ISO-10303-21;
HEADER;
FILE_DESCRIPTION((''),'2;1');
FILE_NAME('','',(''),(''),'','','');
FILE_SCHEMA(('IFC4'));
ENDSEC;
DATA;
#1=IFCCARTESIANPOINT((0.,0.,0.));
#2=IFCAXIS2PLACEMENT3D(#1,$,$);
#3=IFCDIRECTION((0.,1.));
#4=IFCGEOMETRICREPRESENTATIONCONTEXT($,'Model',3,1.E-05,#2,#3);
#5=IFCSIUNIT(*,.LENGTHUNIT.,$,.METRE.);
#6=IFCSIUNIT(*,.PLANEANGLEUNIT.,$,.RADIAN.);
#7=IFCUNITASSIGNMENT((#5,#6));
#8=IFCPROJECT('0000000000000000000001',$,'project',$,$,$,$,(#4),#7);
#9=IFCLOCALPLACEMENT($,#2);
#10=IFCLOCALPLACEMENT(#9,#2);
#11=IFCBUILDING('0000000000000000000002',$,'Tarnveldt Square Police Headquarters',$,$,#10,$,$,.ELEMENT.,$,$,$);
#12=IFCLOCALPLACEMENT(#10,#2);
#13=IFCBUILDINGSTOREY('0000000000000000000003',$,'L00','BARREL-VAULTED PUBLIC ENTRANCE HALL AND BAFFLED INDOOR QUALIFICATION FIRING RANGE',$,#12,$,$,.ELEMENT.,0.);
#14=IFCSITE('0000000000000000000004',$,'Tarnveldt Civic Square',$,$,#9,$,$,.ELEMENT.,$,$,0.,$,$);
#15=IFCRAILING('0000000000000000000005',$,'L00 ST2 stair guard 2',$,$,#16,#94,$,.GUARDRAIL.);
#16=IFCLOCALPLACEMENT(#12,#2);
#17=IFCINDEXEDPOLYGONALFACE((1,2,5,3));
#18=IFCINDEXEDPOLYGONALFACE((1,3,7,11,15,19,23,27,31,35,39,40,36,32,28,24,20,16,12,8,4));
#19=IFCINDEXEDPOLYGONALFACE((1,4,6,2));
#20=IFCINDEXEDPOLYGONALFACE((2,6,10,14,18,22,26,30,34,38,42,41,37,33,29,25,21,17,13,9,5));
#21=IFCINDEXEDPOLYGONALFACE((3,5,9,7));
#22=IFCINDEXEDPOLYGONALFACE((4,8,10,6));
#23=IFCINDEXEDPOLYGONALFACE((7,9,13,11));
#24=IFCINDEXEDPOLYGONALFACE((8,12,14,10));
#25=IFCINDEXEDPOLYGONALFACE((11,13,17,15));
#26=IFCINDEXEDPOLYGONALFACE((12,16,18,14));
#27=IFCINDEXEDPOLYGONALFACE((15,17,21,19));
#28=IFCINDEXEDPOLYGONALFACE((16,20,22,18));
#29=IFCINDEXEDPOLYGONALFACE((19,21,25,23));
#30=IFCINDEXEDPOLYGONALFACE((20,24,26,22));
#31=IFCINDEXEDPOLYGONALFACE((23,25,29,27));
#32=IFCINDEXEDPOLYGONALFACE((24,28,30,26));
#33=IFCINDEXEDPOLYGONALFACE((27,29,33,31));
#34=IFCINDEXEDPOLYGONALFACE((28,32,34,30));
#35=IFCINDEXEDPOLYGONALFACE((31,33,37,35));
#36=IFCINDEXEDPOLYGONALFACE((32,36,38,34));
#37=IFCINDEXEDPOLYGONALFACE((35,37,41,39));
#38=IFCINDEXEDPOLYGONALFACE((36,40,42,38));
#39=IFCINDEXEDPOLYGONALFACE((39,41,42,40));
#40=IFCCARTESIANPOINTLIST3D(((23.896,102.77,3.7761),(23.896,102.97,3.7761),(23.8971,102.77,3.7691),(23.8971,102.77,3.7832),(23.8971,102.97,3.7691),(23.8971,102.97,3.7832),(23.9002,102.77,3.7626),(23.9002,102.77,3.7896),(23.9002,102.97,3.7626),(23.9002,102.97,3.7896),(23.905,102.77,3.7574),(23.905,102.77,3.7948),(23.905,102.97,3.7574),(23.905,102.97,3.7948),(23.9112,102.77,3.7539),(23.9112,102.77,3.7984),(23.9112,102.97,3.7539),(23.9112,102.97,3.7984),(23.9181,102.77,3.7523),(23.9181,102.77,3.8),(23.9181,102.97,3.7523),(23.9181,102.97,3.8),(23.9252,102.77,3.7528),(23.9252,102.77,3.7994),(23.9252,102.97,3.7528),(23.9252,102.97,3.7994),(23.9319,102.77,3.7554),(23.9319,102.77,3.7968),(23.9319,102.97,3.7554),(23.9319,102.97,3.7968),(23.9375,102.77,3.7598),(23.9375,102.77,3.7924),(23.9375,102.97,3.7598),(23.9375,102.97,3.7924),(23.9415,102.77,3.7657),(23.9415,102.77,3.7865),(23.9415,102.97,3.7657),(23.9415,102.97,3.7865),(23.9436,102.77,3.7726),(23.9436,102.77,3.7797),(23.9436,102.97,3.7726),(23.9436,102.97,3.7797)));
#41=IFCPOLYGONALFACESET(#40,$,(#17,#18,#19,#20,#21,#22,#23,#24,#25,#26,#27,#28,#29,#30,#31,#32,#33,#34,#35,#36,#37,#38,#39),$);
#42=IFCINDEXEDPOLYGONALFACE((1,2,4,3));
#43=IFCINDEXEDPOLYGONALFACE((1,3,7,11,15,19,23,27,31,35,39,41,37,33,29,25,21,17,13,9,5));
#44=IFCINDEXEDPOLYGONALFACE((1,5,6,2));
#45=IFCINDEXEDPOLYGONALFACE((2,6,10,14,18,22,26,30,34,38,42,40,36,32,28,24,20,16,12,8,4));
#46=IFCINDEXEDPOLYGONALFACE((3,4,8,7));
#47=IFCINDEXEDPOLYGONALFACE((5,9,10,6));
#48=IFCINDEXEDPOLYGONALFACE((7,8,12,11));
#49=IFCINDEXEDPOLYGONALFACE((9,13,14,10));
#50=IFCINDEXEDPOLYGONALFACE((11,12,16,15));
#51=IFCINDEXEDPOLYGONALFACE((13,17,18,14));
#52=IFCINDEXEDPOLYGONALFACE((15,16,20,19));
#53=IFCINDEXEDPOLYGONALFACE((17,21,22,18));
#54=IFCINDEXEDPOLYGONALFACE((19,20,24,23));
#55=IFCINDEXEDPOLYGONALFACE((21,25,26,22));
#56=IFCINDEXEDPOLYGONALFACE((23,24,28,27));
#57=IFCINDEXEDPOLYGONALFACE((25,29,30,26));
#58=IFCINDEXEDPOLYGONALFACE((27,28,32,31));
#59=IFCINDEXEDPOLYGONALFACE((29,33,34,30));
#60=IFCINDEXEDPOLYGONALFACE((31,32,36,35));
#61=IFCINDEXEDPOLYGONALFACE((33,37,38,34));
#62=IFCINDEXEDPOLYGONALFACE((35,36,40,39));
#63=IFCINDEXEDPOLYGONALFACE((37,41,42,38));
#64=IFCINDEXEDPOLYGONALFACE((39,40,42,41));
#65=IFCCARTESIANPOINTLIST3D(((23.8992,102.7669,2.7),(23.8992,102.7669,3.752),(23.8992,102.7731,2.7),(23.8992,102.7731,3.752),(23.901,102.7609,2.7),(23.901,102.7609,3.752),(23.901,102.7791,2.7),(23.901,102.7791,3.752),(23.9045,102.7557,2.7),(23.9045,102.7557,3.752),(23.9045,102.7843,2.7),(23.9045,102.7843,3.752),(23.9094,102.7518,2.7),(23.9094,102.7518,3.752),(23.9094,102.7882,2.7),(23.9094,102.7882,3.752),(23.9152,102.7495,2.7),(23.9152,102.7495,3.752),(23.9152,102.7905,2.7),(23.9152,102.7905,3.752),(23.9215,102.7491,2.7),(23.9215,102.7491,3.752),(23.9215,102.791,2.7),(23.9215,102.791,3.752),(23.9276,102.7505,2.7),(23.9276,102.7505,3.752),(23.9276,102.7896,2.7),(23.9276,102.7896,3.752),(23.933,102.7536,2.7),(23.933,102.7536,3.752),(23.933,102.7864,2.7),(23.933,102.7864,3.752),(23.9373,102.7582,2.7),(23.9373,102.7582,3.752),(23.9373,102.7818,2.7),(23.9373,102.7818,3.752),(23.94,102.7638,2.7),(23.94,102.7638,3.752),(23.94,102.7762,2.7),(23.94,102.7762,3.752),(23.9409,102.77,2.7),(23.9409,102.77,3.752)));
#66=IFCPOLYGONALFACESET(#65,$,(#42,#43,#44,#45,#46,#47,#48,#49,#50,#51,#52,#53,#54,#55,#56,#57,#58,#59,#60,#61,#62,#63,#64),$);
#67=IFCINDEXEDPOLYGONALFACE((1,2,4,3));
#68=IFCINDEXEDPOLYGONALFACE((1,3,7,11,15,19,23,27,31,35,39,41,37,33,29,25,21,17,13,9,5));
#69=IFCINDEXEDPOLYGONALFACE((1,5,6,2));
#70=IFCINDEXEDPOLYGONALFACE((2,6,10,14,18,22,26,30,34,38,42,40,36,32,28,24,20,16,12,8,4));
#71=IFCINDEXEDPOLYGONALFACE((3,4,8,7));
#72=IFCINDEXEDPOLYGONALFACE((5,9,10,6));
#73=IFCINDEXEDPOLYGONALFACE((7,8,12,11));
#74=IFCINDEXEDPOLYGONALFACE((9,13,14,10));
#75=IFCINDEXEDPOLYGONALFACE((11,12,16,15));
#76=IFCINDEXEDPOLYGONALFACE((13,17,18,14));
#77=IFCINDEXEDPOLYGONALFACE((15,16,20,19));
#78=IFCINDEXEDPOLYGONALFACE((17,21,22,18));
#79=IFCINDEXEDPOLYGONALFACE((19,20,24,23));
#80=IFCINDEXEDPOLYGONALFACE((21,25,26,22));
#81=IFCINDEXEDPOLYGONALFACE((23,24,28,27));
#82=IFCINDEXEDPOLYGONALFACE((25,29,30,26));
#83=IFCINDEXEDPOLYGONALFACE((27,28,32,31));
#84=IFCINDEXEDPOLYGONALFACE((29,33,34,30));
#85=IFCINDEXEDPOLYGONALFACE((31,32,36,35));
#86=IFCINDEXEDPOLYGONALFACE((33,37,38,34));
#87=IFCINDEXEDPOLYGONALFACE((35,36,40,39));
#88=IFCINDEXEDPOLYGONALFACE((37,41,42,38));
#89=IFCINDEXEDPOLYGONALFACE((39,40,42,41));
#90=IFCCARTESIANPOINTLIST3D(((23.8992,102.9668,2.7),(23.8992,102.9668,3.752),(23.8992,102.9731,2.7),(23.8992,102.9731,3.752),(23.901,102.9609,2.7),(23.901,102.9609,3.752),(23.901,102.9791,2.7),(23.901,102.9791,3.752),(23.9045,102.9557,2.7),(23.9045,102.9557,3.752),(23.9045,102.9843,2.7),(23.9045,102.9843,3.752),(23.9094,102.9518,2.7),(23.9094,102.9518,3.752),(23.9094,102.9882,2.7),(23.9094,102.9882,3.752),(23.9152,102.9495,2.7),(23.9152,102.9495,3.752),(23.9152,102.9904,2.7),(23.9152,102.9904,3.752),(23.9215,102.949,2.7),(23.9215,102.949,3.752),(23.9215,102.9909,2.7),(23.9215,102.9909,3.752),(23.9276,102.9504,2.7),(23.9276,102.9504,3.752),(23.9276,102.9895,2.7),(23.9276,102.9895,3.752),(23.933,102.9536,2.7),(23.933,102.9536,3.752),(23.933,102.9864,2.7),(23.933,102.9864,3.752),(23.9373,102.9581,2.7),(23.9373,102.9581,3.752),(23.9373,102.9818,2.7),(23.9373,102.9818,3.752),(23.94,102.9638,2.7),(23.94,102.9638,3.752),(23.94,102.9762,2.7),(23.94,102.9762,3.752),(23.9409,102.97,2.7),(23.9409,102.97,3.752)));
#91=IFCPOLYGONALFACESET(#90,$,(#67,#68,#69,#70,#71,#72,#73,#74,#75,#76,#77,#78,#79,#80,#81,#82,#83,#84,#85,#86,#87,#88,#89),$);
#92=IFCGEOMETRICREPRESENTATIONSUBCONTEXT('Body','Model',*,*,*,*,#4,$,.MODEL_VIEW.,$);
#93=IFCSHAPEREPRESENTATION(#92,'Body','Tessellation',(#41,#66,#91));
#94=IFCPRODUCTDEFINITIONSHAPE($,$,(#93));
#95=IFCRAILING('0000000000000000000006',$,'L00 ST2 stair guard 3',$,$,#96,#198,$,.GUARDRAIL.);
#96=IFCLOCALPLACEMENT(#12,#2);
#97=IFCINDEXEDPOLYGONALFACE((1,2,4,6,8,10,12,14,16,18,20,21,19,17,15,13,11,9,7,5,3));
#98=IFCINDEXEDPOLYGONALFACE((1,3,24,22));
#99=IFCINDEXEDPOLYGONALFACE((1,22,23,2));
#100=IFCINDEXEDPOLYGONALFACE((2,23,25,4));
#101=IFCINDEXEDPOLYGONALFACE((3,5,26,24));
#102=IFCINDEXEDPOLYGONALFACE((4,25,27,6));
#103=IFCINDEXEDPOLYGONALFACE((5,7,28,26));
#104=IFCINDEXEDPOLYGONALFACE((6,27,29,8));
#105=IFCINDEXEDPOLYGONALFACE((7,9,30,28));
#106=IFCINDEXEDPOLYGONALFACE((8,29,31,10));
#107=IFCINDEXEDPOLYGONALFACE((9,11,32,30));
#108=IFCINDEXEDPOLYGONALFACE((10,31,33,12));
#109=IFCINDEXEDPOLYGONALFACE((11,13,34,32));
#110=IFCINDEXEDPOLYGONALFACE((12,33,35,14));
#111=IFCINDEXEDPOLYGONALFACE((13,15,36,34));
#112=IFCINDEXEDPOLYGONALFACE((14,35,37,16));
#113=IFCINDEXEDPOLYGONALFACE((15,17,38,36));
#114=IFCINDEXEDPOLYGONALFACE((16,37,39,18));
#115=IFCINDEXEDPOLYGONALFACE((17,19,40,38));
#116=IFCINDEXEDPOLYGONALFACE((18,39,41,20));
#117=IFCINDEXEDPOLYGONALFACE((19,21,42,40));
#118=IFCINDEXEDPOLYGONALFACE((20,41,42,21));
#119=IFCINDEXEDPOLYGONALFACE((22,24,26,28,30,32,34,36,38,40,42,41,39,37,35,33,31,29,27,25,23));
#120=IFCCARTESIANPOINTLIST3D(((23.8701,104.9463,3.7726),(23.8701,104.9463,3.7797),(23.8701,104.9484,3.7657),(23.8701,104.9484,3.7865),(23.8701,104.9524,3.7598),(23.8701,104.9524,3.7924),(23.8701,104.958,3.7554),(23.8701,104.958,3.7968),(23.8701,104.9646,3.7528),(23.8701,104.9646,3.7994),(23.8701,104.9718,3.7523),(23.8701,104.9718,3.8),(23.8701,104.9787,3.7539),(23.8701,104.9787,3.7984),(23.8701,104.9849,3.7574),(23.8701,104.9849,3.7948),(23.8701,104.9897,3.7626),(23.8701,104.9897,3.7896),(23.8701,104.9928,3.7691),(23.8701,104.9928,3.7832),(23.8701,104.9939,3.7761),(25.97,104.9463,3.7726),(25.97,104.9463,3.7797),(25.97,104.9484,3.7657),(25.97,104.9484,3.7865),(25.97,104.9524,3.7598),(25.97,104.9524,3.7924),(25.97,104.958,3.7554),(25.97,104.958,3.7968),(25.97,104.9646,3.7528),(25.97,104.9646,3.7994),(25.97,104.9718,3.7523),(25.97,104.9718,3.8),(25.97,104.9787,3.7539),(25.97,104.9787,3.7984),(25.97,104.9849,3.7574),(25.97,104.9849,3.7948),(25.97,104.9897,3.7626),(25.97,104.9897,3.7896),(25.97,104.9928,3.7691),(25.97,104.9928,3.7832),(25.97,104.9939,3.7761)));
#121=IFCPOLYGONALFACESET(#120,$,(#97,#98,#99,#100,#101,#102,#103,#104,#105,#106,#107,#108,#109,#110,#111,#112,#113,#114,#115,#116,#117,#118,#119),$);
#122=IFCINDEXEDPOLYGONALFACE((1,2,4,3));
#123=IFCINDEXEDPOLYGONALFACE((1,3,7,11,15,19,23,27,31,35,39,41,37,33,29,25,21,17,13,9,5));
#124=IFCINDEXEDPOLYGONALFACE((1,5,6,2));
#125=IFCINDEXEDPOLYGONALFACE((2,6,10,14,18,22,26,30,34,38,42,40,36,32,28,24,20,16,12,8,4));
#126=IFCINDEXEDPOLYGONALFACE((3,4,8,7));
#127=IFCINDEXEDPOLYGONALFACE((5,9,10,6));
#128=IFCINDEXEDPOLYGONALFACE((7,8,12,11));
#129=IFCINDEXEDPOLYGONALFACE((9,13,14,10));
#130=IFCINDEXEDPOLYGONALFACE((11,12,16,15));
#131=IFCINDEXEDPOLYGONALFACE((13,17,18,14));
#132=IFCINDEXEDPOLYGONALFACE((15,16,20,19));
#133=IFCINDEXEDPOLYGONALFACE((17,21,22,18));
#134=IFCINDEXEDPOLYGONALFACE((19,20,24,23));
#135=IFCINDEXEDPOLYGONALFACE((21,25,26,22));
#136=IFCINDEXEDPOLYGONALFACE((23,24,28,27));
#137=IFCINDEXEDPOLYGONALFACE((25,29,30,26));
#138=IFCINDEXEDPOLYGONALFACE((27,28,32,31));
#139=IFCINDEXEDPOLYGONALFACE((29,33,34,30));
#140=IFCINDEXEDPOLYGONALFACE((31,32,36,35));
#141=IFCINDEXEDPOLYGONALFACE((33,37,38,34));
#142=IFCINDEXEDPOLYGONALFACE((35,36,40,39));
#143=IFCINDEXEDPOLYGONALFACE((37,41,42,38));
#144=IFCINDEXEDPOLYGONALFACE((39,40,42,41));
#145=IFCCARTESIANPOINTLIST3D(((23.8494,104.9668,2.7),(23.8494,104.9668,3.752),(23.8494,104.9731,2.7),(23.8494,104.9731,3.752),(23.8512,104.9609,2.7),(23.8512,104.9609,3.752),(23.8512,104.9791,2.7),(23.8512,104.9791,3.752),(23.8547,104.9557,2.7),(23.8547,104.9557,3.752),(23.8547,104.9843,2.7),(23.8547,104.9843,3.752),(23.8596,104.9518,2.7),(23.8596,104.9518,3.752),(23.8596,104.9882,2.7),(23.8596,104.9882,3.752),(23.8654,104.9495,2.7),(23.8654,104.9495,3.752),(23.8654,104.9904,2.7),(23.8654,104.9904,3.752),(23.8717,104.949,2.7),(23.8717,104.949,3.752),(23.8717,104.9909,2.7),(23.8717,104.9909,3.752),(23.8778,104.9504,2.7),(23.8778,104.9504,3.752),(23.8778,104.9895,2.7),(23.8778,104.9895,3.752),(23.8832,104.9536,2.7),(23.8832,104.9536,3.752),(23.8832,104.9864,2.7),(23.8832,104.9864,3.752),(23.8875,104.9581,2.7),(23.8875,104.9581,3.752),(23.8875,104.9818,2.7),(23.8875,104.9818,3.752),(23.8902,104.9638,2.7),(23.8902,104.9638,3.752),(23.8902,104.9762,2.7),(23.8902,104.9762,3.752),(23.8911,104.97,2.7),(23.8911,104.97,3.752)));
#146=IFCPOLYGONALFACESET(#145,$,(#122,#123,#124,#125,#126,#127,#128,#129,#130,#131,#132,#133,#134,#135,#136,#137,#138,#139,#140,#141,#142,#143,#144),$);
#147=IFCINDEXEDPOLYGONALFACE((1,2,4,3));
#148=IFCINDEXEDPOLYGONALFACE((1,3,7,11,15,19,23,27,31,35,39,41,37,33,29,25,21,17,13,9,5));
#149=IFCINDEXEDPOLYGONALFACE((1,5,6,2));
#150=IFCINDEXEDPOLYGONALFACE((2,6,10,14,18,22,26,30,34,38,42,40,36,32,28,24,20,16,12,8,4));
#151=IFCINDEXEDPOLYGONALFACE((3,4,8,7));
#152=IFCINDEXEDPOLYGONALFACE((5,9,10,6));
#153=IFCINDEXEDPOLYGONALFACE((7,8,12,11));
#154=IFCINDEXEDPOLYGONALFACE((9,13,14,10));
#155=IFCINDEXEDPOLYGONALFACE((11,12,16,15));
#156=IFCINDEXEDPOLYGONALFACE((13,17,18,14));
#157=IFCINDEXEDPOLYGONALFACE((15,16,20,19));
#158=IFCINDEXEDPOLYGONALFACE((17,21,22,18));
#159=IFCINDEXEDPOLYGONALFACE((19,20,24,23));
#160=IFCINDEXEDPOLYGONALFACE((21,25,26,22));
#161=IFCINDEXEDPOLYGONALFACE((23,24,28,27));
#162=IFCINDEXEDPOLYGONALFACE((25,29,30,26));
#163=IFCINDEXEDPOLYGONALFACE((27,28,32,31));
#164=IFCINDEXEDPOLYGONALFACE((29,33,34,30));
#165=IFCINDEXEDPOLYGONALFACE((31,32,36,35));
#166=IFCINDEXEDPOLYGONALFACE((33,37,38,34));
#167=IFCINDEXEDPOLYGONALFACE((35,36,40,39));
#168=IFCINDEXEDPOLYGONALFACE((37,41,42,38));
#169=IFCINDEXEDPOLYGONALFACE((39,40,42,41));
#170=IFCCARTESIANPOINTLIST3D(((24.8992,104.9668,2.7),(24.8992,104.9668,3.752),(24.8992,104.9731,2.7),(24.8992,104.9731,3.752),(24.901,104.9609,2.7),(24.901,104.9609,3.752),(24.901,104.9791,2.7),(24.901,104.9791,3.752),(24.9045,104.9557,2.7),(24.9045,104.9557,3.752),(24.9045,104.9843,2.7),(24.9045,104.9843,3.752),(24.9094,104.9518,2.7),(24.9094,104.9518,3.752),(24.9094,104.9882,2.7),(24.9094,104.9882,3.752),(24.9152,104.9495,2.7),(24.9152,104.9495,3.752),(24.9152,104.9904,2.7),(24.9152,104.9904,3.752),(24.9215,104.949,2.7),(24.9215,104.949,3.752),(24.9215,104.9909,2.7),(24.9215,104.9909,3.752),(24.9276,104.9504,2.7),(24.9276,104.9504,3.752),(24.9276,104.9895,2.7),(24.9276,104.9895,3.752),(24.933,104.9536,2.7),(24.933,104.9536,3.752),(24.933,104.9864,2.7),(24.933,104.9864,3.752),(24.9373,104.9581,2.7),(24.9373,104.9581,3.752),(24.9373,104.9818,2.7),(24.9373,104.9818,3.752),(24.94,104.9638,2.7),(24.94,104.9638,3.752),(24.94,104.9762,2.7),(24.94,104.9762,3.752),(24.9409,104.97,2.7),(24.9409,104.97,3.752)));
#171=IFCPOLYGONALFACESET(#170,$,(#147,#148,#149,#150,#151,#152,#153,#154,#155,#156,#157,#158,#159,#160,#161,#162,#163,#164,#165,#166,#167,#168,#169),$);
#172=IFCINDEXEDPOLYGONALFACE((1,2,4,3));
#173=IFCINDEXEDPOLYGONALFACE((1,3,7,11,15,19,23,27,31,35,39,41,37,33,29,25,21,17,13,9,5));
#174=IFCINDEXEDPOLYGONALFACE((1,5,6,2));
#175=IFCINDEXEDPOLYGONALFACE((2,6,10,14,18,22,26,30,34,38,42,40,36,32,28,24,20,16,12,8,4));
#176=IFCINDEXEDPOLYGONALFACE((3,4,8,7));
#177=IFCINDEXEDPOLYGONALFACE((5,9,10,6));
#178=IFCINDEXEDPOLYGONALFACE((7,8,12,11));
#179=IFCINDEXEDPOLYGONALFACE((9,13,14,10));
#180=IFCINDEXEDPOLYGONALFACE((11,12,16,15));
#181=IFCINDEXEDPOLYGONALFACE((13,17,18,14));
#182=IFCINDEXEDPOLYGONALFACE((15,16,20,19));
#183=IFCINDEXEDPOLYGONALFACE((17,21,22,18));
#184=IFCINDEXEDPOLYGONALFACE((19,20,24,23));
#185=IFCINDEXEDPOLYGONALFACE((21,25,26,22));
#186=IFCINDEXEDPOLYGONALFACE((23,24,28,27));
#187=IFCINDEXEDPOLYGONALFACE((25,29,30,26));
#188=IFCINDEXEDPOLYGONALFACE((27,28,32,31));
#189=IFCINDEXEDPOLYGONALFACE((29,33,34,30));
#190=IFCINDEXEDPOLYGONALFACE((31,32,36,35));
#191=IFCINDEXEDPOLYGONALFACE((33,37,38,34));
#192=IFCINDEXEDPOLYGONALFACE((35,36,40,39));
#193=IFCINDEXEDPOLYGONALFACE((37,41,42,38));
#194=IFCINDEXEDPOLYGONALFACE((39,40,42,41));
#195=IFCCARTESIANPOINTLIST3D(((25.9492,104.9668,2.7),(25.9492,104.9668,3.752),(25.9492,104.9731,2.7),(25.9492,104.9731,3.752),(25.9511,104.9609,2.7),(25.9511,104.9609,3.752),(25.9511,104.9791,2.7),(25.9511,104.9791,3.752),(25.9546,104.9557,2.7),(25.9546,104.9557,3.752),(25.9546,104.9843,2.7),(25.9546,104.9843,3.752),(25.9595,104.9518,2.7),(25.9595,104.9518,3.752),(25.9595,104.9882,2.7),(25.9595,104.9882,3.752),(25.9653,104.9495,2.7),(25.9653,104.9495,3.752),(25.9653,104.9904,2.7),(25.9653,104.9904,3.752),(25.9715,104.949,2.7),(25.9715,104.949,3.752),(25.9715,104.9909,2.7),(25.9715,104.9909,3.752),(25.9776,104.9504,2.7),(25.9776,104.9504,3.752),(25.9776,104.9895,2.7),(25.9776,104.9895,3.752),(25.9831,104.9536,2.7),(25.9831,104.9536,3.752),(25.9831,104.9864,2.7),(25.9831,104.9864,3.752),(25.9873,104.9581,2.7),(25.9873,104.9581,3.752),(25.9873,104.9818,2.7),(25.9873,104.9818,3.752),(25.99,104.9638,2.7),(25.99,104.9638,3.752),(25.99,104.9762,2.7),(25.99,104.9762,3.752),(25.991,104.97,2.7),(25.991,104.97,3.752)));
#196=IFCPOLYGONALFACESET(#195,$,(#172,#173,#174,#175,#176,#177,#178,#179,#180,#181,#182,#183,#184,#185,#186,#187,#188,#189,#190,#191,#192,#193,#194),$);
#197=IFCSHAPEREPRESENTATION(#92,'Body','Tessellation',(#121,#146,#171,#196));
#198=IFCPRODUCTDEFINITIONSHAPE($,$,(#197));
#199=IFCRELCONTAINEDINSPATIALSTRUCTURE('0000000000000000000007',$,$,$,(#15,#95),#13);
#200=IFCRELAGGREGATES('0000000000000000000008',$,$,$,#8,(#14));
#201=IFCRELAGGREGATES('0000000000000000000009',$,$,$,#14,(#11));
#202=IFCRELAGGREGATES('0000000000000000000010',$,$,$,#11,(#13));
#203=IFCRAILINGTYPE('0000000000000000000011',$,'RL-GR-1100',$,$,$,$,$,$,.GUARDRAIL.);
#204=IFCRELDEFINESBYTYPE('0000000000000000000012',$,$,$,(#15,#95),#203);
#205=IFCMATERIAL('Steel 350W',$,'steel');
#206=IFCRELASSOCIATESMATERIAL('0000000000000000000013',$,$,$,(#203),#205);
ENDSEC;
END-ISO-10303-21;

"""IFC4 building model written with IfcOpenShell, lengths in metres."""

from ifc_helpers import new_model, si_unit, direction, frame, origin, origin_2d, place, context, subcontext, project, spatial, circle, extrude, material, type_object, element, save


model = new_model("IFC4")

# Units and contexts
model_context = context("Model", 3, precision=1e-05, world=origin(), true_north=direction((0.0, 1.0)))
body_context = subcontext(model_context, "Body", "Model", "MODEL_VIEW")
ifc_project = project(units=[si_unit("LENGTHUNIT", "METRE"), si_unit("PLANEANGLEUNIT", "RADIAN")], contexts=[model_context])

# Site, building, storey
site_placement = place(None, origin())
site = spatial("IfcSite", under=ifc_project, at=site_placement, Name="Tarnveldt Civic Square", CompositionType="ELEMENT", RefElevation=0.0)
building_placement = place(site_placement, origin())
building = spatial("IfcBuilding", under=site, at=building_placement, Name="Tarnveldt Square Police Headquarters", CompositionType="ELEMENT")
storey_placement = place(building_placement, origin())
storey = spatial("IfcBuildingStorey", under=building, at=storey_placement, Name="L00", Description="BARREL-VAULTED PUBLIC ENTRANCE HALL AND BAFFLED INDOOR QUALIFICATION FIRING RANGE", CompositionType="ELEMENT", Elevation=0.0)

# Shared definitions
ifc_material_1 = material(Name="Steel 350W", Category="steel")

# Railings
railing_type_1 = type_object("IfcRailingType", Name="RL-GR-1100", PredefinedType="GUARDRAIL", material=ifc_material_1)
railing_1_placement = place(storey_placement, frame((23.9199, 102.77, 2.7)))
element("IfcRailing", 1, at=railing_1_placement, inside=storey, type_object=railing_type_1, Name="L00 ST2 stair guard 2", PredefinedType="GUARDRAIL", context=body_context, shape_type="SweptSolid", body=[
    extrude(circle(Radius=0.0239, at=origin_2d()), frame((0.0, 0.0, 1.0762), z_axis=(0.0, 1.0, 0.0), x_axis=(-1.0, 0.0, 0.0)), (0.0, 0.0, 1.0), 0.2),
    extrude(circle(Radius=0.021, at=origin_2d()), origin(), (0.0, 0.0, 1.0), 1.052),
    extrude(circle(Radius=0.021, at=origin_2d()), frame((0.0, 0.2, 0.0)), (0.0, 0.0, 1.0), 1.052),
])
railing_2_placement = place(storey_placement, frame((23.8701, 104.97, 2.7)))
element("IfcRailing", 2, at=railing_2_placement, inside=storey, type_object=railing_type_1, Name="L00 ST2 stair guard 3", PredefinedType="GUARDRAIL", context=body_context, shape_type="SweptSolid", body=[
    extrude(circle(Radius=0.0239, at=origin_2d()), frame((0.0, 0.0, 1.0762), z_axis=(1.0, 0.0, 0.0), x_axis=(0.0, 1.0, 0.0)), (0.0, 0.0, 1.0), 2.0999),
    extrude(circle(Radius=0.021, at=origin_2d()), origin(), (0.0, 0.0, 1.0), 1.052),
    extrude(circle(Radius=0.021, at=origin_2d()), frame((1.0498, 0.0, 0.0)), (0.0, 0.0, 1.0), 1.052),
    extrude(circle(Radius=0.021, at=origin_2d()), frame((2.0999, 0.0, 0.0)), (0.0, 0.0, 1.0), 1.052),
])

save(model, "model.ifc")
